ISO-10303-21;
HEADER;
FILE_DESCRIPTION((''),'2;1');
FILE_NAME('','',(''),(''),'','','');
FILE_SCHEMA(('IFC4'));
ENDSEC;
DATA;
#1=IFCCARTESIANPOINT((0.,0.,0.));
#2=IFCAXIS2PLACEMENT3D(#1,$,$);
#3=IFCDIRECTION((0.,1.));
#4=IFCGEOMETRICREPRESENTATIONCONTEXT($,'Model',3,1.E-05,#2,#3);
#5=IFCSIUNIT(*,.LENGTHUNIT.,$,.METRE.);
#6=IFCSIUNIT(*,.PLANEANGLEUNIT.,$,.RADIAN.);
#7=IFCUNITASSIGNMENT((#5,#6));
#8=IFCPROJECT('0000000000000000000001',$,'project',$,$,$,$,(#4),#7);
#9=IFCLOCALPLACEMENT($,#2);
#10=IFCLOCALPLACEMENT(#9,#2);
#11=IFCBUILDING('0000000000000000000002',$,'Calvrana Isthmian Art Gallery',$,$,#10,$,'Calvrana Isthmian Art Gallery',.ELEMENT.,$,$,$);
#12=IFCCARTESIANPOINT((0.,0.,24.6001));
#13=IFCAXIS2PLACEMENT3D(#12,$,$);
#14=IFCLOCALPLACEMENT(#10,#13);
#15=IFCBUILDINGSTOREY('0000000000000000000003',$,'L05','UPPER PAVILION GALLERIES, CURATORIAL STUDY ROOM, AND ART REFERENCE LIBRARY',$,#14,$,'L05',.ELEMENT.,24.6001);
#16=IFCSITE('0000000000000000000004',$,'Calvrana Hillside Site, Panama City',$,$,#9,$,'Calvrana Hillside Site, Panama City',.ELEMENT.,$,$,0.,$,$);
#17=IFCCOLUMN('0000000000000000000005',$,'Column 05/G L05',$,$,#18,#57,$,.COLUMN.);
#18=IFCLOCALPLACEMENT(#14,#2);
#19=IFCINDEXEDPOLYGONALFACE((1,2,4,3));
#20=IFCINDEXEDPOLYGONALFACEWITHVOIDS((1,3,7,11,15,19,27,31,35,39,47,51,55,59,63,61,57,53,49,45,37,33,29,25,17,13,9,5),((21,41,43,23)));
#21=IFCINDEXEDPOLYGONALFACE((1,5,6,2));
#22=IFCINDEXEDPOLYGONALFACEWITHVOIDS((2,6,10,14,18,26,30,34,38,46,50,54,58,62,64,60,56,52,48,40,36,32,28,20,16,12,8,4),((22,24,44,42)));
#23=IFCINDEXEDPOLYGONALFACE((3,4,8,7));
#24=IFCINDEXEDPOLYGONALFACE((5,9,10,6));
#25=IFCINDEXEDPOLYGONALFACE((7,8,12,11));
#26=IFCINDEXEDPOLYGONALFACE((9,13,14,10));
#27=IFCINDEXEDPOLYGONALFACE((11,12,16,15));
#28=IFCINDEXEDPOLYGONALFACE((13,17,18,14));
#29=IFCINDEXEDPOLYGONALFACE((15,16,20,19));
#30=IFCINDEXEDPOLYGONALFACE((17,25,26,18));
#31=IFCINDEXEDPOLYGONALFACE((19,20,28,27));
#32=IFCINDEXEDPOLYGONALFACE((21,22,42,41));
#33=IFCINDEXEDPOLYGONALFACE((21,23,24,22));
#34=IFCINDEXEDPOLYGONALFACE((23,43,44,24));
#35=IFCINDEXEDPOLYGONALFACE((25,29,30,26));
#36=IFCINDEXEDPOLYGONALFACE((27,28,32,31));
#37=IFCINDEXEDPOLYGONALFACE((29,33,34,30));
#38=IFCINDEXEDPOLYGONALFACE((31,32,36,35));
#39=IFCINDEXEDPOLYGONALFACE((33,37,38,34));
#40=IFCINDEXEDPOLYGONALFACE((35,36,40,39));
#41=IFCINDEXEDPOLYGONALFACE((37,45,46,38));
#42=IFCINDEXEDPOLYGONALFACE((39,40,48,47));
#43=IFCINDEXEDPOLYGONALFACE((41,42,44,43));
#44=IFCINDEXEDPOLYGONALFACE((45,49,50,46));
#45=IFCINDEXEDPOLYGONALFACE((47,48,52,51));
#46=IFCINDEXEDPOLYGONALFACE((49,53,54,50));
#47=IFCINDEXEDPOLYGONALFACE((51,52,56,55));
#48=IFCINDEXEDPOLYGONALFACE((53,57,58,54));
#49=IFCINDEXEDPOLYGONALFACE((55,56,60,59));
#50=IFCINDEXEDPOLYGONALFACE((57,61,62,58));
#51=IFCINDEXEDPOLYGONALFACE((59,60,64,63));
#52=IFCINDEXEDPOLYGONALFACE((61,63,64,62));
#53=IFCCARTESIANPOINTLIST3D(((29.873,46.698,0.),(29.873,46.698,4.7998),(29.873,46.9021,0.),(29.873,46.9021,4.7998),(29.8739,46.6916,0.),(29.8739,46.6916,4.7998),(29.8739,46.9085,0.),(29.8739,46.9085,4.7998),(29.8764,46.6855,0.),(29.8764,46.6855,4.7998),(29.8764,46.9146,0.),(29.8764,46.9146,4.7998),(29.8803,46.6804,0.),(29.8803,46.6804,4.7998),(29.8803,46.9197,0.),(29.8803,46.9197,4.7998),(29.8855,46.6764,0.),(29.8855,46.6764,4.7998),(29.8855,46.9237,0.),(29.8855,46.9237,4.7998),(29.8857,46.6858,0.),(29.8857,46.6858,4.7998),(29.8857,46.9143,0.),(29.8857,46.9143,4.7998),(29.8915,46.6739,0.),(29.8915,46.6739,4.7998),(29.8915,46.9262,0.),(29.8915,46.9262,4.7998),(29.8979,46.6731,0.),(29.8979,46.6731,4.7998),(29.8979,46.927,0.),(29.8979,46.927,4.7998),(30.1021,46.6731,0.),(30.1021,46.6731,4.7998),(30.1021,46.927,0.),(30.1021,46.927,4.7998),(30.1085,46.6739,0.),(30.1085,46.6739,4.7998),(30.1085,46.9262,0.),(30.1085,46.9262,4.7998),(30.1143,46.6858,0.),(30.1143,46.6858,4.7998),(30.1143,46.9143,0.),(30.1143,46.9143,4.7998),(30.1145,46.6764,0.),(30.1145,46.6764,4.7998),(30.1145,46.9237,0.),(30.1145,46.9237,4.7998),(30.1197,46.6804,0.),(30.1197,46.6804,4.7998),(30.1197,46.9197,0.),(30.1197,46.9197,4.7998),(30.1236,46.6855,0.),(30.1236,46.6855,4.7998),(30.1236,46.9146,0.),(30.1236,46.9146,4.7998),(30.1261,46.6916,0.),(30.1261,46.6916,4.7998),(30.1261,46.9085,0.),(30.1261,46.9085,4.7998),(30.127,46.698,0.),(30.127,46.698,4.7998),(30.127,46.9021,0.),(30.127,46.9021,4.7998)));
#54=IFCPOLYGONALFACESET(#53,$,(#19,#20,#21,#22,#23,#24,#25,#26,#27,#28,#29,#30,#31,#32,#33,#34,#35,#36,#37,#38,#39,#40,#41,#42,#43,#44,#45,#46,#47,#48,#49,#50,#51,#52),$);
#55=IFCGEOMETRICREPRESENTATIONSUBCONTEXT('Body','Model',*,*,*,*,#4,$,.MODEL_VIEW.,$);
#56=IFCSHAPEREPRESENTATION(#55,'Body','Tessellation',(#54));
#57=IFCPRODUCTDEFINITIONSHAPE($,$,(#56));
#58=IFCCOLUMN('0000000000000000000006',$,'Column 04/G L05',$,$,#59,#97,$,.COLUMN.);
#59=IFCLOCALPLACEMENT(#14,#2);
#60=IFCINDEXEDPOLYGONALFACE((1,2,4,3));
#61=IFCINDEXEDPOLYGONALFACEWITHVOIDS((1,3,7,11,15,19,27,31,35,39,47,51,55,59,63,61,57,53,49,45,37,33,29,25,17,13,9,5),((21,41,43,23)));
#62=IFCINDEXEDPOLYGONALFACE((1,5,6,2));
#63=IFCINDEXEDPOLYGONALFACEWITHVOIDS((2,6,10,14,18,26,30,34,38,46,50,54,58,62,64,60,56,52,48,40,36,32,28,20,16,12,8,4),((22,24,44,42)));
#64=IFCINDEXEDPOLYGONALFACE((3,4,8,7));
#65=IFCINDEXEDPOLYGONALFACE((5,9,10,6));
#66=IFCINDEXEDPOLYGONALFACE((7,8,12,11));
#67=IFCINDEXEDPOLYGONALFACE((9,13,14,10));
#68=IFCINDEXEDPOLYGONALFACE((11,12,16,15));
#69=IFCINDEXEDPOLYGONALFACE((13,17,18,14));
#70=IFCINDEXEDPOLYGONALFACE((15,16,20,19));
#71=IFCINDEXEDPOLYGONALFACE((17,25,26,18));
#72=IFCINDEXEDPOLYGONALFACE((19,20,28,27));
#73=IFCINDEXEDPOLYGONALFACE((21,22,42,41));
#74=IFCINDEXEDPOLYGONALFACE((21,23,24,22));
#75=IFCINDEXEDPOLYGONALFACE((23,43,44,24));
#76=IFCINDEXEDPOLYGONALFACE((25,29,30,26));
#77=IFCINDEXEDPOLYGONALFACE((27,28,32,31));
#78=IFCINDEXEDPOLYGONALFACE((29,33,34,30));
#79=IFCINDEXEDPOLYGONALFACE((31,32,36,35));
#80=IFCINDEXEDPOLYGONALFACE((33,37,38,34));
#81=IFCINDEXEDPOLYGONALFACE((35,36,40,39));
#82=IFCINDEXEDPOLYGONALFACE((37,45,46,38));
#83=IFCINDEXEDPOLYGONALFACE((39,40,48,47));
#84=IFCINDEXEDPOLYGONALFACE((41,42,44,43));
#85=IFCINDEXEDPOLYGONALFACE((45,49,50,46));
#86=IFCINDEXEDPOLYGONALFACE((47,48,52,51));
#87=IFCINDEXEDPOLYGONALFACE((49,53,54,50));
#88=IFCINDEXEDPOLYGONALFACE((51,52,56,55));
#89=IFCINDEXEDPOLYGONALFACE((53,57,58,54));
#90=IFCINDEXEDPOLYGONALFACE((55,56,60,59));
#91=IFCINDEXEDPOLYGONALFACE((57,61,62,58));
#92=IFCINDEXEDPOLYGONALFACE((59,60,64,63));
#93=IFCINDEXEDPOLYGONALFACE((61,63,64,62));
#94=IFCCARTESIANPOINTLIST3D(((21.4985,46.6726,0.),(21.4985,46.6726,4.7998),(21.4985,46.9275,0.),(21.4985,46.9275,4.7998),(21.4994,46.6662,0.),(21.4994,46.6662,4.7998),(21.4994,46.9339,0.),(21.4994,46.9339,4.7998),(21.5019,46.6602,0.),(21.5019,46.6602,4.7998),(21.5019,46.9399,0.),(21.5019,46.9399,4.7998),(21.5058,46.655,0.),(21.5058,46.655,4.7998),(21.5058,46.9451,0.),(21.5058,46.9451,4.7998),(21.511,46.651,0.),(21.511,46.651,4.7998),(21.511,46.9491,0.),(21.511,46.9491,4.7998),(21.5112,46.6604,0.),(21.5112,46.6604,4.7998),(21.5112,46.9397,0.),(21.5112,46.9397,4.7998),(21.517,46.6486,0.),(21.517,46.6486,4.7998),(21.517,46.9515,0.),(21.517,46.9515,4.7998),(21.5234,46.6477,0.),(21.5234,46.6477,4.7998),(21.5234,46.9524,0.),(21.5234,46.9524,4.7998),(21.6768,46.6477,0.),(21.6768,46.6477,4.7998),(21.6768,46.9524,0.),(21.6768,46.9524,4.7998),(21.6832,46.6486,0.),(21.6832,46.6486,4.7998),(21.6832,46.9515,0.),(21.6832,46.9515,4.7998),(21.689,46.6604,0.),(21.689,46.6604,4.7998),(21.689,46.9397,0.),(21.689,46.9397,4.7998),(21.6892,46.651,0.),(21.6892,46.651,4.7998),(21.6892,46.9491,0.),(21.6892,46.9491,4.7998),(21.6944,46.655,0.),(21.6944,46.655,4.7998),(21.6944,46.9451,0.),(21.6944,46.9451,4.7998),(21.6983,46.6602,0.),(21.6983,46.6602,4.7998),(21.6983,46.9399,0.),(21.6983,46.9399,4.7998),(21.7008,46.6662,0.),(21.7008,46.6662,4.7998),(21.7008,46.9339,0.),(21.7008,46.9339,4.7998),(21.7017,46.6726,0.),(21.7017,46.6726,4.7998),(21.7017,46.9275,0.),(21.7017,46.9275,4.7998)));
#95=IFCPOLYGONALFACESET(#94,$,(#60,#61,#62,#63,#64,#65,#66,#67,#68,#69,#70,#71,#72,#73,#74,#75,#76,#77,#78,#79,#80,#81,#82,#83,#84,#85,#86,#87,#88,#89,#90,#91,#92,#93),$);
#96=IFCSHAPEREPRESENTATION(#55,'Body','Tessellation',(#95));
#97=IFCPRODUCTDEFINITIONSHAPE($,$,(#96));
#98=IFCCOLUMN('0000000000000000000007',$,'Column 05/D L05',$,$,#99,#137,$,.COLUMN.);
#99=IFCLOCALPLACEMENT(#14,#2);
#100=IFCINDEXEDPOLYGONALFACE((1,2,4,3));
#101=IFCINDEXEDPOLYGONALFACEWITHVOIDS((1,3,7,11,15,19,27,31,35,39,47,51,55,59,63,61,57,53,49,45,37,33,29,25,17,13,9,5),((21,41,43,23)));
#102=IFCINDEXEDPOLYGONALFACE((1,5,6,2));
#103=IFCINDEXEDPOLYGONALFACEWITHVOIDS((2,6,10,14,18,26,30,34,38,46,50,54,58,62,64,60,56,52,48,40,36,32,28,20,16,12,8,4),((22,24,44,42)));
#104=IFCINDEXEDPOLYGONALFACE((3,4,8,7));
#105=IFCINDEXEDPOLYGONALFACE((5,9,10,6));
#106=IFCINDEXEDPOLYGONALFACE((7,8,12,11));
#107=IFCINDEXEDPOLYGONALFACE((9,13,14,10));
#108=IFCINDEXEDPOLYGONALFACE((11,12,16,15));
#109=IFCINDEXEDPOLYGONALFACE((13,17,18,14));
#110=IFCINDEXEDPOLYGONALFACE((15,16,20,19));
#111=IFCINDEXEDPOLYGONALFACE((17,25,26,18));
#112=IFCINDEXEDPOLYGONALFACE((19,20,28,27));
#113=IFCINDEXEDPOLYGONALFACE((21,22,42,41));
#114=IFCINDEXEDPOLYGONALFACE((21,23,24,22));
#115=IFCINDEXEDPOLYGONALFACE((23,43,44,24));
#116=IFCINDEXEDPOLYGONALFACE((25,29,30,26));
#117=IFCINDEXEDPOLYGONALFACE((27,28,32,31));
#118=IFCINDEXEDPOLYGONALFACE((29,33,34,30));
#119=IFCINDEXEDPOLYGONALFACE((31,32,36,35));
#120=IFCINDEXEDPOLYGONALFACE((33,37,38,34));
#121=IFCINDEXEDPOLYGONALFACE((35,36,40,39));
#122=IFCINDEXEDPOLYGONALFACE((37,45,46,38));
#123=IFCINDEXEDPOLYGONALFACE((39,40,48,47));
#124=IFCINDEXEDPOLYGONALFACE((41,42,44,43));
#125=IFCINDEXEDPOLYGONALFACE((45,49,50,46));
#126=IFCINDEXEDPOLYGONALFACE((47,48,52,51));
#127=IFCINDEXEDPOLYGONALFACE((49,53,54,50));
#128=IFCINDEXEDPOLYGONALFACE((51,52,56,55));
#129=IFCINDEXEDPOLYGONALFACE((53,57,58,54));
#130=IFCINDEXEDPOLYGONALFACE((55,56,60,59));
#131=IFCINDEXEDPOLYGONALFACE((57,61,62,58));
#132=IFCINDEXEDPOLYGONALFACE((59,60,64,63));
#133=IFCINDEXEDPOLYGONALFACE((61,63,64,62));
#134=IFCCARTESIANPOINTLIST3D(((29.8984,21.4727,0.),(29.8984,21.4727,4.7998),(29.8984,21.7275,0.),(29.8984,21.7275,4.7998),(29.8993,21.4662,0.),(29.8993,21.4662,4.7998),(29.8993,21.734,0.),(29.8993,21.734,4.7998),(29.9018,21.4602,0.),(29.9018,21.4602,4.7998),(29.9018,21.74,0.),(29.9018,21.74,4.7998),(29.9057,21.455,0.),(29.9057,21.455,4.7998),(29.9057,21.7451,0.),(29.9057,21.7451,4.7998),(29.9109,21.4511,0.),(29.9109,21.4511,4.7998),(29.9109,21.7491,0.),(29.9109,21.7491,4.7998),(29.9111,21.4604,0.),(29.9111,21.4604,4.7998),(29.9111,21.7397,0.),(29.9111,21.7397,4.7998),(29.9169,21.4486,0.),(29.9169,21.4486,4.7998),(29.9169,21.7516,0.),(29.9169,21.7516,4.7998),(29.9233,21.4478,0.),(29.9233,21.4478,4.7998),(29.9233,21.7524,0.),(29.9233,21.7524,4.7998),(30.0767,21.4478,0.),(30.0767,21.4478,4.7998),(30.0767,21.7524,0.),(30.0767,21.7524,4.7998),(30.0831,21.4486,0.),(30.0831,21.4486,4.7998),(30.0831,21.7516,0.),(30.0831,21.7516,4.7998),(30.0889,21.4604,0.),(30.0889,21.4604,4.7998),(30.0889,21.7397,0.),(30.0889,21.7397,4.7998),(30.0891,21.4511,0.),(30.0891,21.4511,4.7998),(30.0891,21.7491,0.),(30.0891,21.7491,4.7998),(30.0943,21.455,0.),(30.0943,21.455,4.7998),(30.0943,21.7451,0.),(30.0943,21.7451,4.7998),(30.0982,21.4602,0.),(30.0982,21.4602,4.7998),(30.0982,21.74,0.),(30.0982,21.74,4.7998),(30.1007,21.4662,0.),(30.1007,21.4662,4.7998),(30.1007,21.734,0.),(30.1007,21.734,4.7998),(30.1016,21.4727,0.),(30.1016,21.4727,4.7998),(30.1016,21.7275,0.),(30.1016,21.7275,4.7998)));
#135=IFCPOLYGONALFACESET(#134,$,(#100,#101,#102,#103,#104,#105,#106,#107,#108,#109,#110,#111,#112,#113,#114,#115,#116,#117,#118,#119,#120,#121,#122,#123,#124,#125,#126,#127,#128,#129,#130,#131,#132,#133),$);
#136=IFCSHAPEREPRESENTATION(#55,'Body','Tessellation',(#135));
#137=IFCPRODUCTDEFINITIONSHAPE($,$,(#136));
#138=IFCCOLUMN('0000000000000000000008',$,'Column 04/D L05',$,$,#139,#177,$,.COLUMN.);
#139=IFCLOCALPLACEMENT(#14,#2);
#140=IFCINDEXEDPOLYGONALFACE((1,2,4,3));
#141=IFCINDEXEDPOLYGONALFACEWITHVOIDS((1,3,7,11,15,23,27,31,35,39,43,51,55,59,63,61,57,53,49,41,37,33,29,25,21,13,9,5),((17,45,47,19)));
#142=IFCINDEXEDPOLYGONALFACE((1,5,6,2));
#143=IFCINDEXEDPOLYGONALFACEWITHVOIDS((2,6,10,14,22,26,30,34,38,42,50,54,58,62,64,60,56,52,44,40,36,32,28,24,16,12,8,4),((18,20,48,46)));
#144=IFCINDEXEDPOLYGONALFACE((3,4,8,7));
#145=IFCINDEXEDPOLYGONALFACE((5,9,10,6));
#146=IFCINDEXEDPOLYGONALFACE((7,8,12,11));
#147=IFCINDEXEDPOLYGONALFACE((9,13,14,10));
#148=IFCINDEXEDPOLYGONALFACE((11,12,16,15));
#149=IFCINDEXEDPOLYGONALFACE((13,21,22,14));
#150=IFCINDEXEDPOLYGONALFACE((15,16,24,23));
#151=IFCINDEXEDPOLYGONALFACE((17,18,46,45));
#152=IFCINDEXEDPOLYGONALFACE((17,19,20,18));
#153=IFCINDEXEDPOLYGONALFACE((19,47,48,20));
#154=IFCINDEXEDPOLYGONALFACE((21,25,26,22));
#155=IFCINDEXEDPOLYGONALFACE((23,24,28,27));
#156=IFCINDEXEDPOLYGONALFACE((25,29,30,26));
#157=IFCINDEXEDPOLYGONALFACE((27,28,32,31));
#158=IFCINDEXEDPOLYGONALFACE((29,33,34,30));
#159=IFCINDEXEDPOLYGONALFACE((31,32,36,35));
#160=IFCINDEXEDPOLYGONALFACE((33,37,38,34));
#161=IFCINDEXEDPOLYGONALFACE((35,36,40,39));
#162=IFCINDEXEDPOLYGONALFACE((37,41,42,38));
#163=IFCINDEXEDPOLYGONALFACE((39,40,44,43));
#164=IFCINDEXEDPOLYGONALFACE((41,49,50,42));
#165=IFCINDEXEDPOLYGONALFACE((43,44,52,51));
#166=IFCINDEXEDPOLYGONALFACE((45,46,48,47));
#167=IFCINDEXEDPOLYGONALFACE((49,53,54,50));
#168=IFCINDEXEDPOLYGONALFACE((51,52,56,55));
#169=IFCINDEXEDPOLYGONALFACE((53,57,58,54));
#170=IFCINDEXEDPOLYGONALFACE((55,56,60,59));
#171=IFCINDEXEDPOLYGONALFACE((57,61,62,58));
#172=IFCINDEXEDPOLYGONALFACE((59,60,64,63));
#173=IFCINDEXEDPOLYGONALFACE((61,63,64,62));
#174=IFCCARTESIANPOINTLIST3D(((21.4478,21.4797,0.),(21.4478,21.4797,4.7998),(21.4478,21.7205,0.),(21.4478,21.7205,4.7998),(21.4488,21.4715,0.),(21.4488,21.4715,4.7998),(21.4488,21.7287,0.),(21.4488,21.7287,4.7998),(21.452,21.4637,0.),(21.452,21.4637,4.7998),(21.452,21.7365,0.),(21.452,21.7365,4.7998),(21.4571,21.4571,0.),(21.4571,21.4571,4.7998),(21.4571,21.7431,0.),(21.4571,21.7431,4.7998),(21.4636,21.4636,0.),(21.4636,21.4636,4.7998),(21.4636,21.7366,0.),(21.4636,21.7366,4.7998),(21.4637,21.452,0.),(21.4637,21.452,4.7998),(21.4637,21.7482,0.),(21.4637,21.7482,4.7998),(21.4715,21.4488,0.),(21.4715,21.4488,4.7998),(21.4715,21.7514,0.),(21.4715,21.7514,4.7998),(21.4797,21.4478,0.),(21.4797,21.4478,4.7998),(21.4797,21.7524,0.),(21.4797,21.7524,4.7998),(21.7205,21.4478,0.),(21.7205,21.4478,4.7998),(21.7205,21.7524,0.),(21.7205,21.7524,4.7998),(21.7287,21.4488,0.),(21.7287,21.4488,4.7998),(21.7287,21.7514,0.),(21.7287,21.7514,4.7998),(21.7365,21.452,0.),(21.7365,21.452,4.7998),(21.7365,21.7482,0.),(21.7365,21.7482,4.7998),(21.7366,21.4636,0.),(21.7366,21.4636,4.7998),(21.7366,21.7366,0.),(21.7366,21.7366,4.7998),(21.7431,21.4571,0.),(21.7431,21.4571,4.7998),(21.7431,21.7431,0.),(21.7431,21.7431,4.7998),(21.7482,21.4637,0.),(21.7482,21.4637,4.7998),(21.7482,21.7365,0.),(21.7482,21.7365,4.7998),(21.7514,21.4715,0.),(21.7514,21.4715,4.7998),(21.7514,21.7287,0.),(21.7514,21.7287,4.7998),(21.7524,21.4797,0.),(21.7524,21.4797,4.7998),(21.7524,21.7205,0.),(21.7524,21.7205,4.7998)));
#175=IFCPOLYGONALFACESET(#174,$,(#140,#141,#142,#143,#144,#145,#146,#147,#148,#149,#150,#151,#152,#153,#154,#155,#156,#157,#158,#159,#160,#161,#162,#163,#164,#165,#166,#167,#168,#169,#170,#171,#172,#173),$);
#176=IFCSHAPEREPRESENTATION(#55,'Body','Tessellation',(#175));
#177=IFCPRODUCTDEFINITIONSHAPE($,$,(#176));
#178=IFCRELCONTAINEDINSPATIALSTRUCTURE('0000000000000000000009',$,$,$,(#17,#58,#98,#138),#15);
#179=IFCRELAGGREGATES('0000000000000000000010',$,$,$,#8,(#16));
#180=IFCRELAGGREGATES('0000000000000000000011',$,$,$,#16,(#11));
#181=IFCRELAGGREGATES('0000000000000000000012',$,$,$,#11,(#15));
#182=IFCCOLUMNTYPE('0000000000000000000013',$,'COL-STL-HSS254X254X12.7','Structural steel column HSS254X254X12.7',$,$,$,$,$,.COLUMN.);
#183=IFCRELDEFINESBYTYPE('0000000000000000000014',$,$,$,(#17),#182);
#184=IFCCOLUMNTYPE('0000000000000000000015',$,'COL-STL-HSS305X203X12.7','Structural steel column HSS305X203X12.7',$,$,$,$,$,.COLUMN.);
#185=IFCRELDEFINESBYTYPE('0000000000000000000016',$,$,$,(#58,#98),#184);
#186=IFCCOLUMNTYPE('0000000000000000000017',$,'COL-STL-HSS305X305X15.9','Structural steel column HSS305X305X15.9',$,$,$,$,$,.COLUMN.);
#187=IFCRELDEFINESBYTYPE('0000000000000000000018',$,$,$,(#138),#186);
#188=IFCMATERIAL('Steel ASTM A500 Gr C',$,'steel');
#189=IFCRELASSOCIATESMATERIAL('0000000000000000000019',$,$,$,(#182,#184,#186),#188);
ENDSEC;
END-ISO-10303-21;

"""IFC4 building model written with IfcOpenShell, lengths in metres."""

from ifc_helpers import new_model, si_unit, direction, frame, origin, origin_2d, place, context, subcontext, project, spatial, hollow_rectangle, extrude, material, material_profile, profile_set, type_object, element, save


model = new_model("IFC4")

# Units and contexts
model_context = context("Model", 3, precision=1e-05, world=origin(), true_north=direction((0.0, 1.0)))
body_context = subcontext(model_context, "Body", "Model", "MODEL_VIEW")
ifc_project = project(units=[si_unit("LENGTHUNIT", "METRE"), si_unit("PLANEANGLEUNIT", "RADIAN")], contexts=[model_context])

# Site, building, storey
site_placement = place(None, origin())
site = spatial("IfcSite", under=ifc_project, at=site_placement, Name="Calvrana Hillside Site, Panama City", LongName="Calvrana Hillside Site, Panama City", CompositionType="ELEMENT", RefElevation=0.0)
building_placement = place(site_placement, origin())
building = spatial("IfcBuilding", under=site, at=building_placement, Name="Calvrana Isthmian Art Gallery", LongName="Calvrana Isthmian Art Gallery", CompositionType="ELEMENT")
storey_placement = place(building_placement, frame((0.0, 0.0, 24.6001)))
storey = spatial("IfcBuildingStorey", under=building, at=storey_placement, Name="L05", Description="UPPER PAVILION GALLERIES, CURATORIAL STUDY ROOM, AND ART REFERENCE LIBRARY", LongName="L05", CompositionType="ELEMENT", Elevation=24.6001)

# Columns
ifc_material_1 = material(Name="Steel ASTM A500 Gr C", Category="steel")
ifc_material_profile_1 = material_profile(ifc_material_1, hollow_rectangle(XDim=0.2539, YDim=0.2539, WallThickness=0.0127, OuterFilletRadius=0.0249, at=origin_2d()), Name="HSS254X254X12.7")
ifc_profile_set_1 = profile_set([ifc_material_profile_1], Name="Steel ASTM A500 Gr C")
column_type_1 = type_object("IfcColumnType", Name="COL-STL-HSS254X254X12.7", Description="Structural steel column HSS254X254X12.7", PredefinedType="COLUMN", material=ifc_profile_set_1)
column_1_placement = place(storey_placement, frame((30.0, 46.8, 0.0), z_axis=(0.0, 0.0, 1.0), x_axis=(1.0, 0.0, 0.0)))
element("IfcColumn", 1, at=column_1_placement, inside=storey, type_object=column_type_1, Name="Column 05/G L05", PredefinedType="COLUMN", context=body_context, shape_type="SweptSolid", body=[
    extrude(hollow_rectangle(XDim=0.2539, YDim=0.2539, WallThickness=0.0127, OuterFilletRadius=0.0249, at=origin_2d()), origin(), (0.0, 0.0, 1.0), 4.7998),
])
ifc_material_profile_2 = material_profile(ifc_material_1, hollow_rectangle(XDim=0.2031, YDim=0.3047, WallThickness=0.0127, OuterFilletRadius=0.0249, at=origin_2d()), Name="HSS305X203X12.7")
ifc_profile_set_2 = profile_set([ifc_material_profile_2], Name="Steel ASTM A500 Gr C")
column_type_2 = type_object("IfcColumnType", Name="COL-STL-HSS305X203X12.7", Description="Structural steel column HSS305X203X12.7", PredefinedType="COLUMN", material=ifc_profile_set_2)
for number, where, z_axis, x_axis, name in (
    (2, (21.6001, 46.8, 0.0), (0.0, 0.0, 1.0), (1.0, 0.0, 0.0), "Column 04/G L05"),
    (3, (30.0, 21.6001, 0.0), (0.0, 0.0, 1.0), (1.0, 0.0, 0.0), "Column 05/D L05"),
):
    element("IfcColumn", number, at=place(storey_placement, frame(where, z_axis=z_axis, x_axis=x_axis)), inside=storey, type_object=column_type_2, Name=name, PredefinedType="COLUMN", context=body_context, shape_type="SweptSolid", body=[
        extrude(hollow_rectangle(XDim=0.2031, YDim=0.3047, WallThickness=0.0127, OuterFilletRadius=0.0249, at=origin_2d()), origin(), (0.0, 0.0, 1.0), 4.7998),
    ])
ifc_material_profile_3 = material_profile(ifc_material_1, hollow_rectangle(XDim=0.3047, YDim=0.3047, WallThickness=0.0159, OuterFilletRadius=0.032, at=origin_2d()), Name="HSS305X305X15.9")
ifc_profile_set_3 = profile_set([ifc_material_profile_3], Name="Steel ASTM A500 Gr C")
column_type_3 = type_object("IfcColumnType", Name="COL-STL-HSS305X305X15.9", Description="Structural steel column HSS305X305X15.9", PredefinedType="COLUMN", material=ifc_profile_set_3)
column_2_placement = place(storey_placement, frame((21.6001, 21.6001, 0.0), z_axis=(0.0, 0.0, 1.0), x_axis=(1.0, 0.0, 0.0)))
element("IfcColumn", 4, at=column_2_placement, inside=storey, type_object=column_type_3, Name="Column 04/D L05", PredefinedType="COLUMN", context=body_context, shape_type="SweptSolid", body=[
    extrude(hollow_rectangle(XDim=0.3047, YDim=0.3047, WallThickness=0.0159, OuterFilletRadius=0.032, at=origin_2d()), origin(), (0.0, 0.0, 1.0), 4.7998),
])

save(model, "model.ifc")
